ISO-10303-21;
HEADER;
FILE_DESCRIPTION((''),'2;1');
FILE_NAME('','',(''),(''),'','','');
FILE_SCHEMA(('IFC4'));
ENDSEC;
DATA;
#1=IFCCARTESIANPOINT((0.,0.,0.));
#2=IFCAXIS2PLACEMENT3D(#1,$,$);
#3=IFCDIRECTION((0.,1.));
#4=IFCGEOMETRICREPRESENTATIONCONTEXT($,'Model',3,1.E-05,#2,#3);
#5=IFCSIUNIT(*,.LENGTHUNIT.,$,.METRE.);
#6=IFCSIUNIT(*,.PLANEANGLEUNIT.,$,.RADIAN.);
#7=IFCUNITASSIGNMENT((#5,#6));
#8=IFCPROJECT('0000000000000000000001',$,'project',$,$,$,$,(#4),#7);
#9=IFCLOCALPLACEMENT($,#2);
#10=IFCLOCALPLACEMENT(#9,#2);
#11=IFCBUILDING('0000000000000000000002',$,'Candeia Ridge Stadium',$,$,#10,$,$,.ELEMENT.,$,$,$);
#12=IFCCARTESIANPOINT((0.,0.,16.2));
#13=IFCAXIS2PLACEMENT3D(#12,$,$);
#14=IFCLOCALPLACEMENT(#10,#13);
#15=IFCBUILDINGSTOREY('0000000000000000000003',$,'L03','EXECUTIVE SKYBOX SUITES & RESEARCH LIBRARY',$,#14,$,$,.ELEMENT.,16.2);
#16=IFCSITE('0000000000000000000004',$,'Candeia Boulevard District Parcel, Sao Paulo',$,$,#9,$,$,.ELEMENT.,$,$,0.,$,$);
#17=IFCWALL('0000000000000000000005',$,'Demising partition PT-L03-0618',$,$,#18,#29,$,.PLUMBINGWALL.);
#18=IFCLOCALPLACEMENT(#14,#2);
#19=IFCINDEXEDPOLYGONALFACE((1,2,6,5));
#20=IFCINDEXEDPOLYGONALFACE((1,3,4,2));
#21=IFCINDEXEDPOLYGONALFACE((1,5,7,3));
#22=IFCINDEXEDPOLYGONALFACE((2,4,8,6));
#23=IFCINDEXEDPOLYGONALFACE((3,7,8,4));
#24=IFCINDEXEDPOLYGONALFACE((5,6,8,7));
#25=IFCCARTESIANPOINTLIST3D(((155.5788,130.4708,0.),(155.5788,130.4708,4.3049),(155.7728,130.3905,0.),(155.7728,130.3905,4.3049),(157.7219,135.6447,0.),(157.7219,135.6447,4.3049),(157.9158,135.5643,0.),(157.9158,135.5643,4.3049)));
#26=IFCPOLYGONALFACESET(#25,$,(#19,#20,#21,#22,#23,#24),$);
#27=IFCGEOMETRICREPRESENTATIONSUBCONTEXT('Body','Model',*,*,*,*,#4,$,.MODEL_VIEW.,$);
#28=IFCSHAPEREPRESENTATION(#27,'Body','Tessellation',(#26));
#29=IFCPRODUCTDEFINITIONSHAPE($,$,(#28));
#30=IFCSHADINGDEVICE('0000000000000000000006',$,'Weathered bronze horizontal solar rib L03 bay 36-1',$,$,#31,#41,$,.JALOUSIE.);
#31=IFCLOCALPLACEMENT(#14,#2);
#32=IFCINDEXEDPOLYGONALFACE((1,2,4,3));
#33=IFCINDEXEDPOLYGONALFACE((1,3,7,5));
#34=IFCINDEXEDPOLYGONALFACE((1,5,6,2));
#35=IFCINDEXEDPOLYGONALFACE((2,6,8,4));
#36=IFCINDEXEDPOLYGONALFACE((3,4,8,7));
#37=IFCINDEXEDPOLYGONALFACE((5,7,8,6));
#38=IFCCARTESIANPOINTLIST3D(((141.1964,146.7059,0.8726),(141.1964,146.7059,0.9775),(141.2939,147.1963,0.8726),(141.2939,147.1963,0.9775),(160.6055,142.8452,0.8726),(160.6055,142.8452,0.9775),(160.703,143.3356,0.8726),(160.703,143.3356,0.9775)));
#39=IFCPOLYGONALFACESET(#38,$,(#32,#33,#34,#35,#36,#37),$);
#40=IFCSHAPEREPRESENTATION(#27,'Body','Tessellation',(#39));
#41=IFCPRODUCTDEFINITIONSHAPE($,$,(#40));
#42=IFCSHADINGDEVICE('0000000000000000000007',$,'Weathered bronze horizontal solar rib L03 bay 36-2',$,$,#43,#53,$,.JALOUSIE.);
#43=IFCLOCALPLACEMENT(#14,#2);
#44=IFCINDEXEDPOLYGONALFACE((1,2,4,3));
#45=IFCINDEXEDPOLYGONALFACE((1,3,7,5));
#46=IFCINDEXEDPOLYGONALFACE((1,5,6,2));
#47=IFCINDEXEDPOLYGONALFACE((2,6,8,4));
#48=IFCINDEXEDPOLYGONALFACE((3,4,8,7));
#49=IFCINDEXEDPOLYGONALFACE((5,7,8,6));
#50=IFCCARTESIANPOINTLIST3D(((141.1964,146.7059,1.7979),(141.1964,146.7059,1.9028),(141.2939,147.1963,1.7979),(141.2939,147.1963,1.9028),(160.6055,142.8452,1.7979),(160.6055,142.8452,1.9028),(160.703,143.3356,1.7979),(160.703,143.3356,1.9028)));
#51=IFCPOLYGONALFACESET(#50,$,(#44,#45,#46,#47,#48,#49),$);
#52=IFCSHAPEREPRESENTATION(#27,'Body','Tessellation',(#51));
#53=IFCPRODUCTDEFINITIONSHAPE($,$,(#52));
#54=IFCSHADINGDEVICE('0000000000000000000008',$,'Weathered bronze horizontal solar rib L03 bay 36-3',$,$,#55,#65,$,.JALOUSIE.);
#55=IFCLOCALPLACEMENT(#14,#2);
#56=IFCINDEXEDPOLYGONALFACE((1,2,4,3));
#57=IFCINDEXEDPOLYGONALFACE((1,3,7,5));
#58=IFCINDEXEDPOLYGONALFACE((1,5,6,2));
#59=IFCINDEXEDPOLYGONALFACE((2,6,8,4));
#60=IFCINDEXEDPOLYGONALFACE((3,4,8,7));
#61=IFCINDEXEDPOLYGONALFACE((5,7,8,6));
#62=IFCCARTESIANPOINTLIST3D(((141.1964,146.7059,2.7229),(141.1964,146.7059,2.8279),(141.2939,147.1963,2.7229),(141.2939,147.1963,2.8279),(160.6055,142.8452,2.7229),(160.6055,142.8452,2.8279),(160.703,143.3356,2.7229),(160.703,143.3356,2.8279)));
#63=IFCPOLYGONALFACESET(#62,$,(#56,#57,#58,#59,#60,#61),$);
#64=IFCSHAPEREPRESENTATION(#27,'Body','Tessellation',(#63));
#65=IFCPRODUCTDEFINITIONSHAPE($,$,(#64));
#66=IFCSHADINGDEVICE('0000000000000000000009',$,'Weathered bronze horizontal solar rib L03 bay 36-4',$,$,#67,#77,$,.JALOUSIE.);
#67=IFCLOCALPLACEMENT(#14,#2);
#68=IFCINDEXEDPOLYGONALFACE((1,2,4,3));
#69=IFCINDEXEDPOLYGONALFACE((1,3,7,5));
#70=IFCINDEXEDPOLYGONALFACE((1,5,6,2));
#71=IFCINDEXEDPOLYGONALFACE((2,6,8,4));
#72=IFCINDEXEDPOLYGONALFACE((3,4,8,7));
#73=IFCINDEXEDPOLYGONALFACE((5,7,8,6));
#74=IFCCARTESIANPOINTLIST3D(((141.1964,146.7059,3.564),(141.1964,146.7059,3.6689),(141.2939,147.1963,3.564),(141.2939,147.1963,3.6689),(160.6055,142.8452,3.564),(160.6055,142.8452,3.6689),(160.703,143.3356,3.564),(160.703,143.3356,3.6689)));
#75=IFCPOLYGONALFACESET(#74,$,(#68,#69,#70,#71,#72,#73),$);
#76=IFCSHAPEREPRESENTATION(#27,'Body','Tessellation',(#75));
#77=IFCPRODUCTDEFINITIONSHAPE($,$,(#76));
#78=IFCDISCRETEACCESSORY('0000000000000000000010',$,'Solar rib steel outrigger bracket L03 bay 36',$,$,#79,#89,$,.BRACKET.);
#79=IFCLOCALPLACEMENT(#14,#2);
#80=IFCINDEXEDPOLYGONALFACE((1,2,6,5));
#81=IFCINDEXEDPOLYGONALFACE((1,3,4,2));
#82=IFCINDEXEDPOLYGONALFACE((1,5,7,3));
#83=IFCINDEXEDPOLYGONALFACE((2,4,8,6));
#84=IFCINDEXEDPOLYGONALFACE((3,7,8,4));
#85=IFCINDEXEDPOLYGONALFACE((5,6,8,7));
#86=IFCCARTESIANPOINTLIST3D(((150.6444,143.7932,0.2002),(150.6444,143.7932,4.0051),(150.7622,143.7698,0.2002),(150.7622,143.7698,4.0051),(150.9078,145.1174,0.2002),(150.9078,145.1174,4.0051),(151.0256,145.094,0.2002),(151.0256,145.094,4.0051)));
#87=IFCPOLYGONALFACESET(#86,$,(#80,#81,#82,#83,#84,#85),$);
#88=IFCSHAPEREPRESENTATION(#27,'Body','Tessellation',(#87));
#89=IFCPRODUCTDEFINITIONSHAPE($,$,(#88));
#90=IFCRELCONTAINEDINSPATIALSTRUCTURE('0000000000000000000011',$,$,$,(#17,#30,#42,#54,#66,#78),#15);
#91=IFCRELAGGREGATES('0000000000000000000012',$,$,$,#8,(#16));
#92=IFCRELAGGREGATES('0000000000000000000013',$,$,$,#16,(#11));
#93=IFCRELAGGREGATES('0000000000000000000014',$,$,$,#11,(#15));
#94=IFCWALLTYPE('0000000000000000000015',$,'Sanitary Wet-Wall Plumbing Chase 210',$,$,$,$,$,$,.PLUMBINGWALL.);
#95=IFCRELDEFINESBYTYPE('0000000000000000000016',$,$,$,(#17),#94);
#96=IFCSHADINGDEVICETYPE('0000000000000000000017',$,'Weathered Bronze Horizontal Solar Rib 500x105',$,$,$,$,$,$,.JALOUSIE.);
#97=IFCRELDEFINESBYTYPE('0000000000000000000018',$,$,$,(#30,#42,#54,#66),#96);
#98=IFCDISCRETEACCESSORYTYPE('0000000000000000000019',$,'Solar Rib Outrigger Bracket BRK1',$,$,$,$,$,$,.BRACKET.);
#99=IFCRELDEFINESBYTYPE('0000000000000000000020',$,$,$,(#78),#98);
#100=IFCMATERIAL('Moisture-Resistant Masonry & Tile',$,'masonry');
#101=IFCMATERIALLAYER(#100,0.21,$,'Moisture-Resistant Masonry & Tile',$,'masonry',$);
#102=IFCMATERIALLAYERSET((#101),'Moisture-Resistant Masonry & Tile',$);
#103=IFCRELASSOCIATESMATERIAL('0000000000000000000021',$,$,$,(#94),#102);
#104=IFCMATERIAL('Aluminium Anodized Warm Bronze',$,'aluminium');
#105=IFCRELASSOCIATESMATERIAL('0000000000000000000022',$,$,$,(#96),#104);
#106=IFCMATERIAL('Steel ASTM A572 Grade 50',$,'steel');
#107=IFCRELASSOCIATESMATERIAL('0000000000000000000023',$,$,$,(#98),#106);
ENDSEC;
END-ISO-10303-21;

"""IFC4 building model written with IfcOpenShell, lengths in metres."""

from ifc_helpers import new_model, si_unit, direction, frame, frame_2d, origin, origin_2d, place, context, subcontext, project, spatial, rectangle, extrude, material, layer, layer_set, type_object, element, save


model = new_model("IFC4")

# Units and contexts
model_context = context("Model", 3, precision=1e-05, world=origin(), true_north=direction((0.0, 1.0)))
body_context = subcontext(model_context, "Body", "Model", "MODEL_VIEW")
ifc_project = project(units=[si_unit("LENGTHUNIT", "METRE"), si_unit("PLANEANGLEUNIT", "RADIAN")], contexts=[model_context])

# Site, building, storey
site_placement = place(None, origin())
site = spatial("IfcSite", under=ifc_project, at=site_placement, Name="Candeia Boulevard District Parcel, Sao Paulo", CompositionType="ELEMENT", RefElevation=0.0)
building_placement = place(site_placement, origin())
building = spatial("IfcBuilding", under=site, at=building_placement, Name="Candeia Ridge Stadium", CompositionType="ELEMENT")
storey_placement = place(building_placement, frame((0.0, 0.0, 16.2)))
storey = spatial("IfcBuildingStorey", under=building, at=storey_placement, Name="L03", Description="EXECUTIVE SKYBOX SUITES & RESEARCH LIBRARY", CompositionType="ELEMENT", Elevation=16.2)

# Shared definitions
ifc_material_1 = material(Name="Aluminium Anodized Warm Bronze", Category="aluminium")

# Wall
ifc_material_2 = material(Name="Moisture-Resistant Masonry & Tile", Category="masonry")
ifc_layer_1 = layer(ifc_material_2, 0.21, Name="Moisture-Resistant Masonry & Tile", Category="masonry")
ifc_layer_set_1 = layer_set([ifc_layer_1], Name="Moisture-Resistant Masonry & Tile")
wall_type = type_object("IfcWallType", Name="Sanitary Wet-Wall Plumbing Chase 210", PredefinedType="PLUMBINGWALL", material=ifc_layer_set_1)
wall_placement = place(storey_placement, frame((155.6758, 130.4307, 0.0), z_axis=(0.0, 0.0, 1.0), x_axis=(0.382683, 0.92388, 0.0)))
element("IfcWall", 1, at=wall_placement, inside=storey, type_object=wall_type, Name="Demising partition PT-L03-0618", PredefinedType="PLUMBINGWALL", context=body_context, shape_type="SweptSolid", body=[
    extrude(rectangle(XDim=5.6001, YDim=0.21, at=frame_2d((2.8, 0.0))), origin(), (0.0, 0.0, 1.0), 4.3049),
])

# Shading devices
shading_device_type = type_object("IfcShadingDeviceType", Name="Weathered Bronze Horizontal Solar Rib 500x105", PredefinedType="JALOUSIE", material=ifc_material_1)
for number, where, z_axis, x_axis, name in (
    (2, (150.9497, 145.0208, 0.8726), (0.0, 0.0, 1.0), (-0.980785, 0.19509, 0.0), "Weathered bronze horizontal solar rib L03 bay 36-1"),
    (3, (150.9497, 145.0208, 1.7979), (0.0, 0.0, 1.0), (-0.980785, 0.19509, 0.0), "Weathered bronze horizontal solar rib L03 bay 36-2"),
    (4, (150.9497, 145.0208, 2.7229), (0.0, 0.0, 1.0), (-0.980785, 0.19509, 0.0), "Weathered bronze horizontal solar rib L03 bay 36-3"),
    (5, (150.9497, 145.0208, 3.564), (0.0, 0.0, 1.0), (-0.980785, 0.19509, 0.0), "Weathered bronze horizontal solar rib L03 bay 36-4"),
):
    element("IfcShadingDevice", number, at=place(storey_placement, frame(where, z_axis=z_axis, x_axis=x_axis)), inside=storey, type_object=shading_device_type, Name=name, PredefinedType="JALOUSIE", context=body_context, shape_type="SweptSolid", body=[
        extrude(rectangle(XDim=19.7893, YDim=0.5, at=origin_2d()), origin(), (0.0, 0.0, 1.0), 0.105),
    ])

# Discrete accessory
ifc_material_3 = material(Name="Steel ASTM A572 Grade 50", Category="steel")
discrete_accessory_type = type_object("IfcDiscreteAccessoryType", Name="Solar Rib Outrigger Bracket BRK1", PredefinedType="BRACKET", material=ifc_material_3)
discrete_accessory_placement = place(storey_placement, frame((150.835, 144.4436, 0.2002), z_axis=(0.0, 0.0, 1.0), x_axis=(0.19509, 0.980785, 0.0)))
element("IfcDiscreteAccessory", 6, at=discrete_accessory_placement, inside=storey, type_object=discrete_accessory_type, Name="Solar rib steel outrigger bracket L03 bay 36", PredefinedType="BRACKET", context=body_context, shape_type="SweptSolid", body=[
    extrude(rectangle(XDim=1.3501, YDim=0.1201, at=origin_2d()), origin(), (0.0, 0.0, 1.0), 3.8049),
])

save(model, "model.ifc")
